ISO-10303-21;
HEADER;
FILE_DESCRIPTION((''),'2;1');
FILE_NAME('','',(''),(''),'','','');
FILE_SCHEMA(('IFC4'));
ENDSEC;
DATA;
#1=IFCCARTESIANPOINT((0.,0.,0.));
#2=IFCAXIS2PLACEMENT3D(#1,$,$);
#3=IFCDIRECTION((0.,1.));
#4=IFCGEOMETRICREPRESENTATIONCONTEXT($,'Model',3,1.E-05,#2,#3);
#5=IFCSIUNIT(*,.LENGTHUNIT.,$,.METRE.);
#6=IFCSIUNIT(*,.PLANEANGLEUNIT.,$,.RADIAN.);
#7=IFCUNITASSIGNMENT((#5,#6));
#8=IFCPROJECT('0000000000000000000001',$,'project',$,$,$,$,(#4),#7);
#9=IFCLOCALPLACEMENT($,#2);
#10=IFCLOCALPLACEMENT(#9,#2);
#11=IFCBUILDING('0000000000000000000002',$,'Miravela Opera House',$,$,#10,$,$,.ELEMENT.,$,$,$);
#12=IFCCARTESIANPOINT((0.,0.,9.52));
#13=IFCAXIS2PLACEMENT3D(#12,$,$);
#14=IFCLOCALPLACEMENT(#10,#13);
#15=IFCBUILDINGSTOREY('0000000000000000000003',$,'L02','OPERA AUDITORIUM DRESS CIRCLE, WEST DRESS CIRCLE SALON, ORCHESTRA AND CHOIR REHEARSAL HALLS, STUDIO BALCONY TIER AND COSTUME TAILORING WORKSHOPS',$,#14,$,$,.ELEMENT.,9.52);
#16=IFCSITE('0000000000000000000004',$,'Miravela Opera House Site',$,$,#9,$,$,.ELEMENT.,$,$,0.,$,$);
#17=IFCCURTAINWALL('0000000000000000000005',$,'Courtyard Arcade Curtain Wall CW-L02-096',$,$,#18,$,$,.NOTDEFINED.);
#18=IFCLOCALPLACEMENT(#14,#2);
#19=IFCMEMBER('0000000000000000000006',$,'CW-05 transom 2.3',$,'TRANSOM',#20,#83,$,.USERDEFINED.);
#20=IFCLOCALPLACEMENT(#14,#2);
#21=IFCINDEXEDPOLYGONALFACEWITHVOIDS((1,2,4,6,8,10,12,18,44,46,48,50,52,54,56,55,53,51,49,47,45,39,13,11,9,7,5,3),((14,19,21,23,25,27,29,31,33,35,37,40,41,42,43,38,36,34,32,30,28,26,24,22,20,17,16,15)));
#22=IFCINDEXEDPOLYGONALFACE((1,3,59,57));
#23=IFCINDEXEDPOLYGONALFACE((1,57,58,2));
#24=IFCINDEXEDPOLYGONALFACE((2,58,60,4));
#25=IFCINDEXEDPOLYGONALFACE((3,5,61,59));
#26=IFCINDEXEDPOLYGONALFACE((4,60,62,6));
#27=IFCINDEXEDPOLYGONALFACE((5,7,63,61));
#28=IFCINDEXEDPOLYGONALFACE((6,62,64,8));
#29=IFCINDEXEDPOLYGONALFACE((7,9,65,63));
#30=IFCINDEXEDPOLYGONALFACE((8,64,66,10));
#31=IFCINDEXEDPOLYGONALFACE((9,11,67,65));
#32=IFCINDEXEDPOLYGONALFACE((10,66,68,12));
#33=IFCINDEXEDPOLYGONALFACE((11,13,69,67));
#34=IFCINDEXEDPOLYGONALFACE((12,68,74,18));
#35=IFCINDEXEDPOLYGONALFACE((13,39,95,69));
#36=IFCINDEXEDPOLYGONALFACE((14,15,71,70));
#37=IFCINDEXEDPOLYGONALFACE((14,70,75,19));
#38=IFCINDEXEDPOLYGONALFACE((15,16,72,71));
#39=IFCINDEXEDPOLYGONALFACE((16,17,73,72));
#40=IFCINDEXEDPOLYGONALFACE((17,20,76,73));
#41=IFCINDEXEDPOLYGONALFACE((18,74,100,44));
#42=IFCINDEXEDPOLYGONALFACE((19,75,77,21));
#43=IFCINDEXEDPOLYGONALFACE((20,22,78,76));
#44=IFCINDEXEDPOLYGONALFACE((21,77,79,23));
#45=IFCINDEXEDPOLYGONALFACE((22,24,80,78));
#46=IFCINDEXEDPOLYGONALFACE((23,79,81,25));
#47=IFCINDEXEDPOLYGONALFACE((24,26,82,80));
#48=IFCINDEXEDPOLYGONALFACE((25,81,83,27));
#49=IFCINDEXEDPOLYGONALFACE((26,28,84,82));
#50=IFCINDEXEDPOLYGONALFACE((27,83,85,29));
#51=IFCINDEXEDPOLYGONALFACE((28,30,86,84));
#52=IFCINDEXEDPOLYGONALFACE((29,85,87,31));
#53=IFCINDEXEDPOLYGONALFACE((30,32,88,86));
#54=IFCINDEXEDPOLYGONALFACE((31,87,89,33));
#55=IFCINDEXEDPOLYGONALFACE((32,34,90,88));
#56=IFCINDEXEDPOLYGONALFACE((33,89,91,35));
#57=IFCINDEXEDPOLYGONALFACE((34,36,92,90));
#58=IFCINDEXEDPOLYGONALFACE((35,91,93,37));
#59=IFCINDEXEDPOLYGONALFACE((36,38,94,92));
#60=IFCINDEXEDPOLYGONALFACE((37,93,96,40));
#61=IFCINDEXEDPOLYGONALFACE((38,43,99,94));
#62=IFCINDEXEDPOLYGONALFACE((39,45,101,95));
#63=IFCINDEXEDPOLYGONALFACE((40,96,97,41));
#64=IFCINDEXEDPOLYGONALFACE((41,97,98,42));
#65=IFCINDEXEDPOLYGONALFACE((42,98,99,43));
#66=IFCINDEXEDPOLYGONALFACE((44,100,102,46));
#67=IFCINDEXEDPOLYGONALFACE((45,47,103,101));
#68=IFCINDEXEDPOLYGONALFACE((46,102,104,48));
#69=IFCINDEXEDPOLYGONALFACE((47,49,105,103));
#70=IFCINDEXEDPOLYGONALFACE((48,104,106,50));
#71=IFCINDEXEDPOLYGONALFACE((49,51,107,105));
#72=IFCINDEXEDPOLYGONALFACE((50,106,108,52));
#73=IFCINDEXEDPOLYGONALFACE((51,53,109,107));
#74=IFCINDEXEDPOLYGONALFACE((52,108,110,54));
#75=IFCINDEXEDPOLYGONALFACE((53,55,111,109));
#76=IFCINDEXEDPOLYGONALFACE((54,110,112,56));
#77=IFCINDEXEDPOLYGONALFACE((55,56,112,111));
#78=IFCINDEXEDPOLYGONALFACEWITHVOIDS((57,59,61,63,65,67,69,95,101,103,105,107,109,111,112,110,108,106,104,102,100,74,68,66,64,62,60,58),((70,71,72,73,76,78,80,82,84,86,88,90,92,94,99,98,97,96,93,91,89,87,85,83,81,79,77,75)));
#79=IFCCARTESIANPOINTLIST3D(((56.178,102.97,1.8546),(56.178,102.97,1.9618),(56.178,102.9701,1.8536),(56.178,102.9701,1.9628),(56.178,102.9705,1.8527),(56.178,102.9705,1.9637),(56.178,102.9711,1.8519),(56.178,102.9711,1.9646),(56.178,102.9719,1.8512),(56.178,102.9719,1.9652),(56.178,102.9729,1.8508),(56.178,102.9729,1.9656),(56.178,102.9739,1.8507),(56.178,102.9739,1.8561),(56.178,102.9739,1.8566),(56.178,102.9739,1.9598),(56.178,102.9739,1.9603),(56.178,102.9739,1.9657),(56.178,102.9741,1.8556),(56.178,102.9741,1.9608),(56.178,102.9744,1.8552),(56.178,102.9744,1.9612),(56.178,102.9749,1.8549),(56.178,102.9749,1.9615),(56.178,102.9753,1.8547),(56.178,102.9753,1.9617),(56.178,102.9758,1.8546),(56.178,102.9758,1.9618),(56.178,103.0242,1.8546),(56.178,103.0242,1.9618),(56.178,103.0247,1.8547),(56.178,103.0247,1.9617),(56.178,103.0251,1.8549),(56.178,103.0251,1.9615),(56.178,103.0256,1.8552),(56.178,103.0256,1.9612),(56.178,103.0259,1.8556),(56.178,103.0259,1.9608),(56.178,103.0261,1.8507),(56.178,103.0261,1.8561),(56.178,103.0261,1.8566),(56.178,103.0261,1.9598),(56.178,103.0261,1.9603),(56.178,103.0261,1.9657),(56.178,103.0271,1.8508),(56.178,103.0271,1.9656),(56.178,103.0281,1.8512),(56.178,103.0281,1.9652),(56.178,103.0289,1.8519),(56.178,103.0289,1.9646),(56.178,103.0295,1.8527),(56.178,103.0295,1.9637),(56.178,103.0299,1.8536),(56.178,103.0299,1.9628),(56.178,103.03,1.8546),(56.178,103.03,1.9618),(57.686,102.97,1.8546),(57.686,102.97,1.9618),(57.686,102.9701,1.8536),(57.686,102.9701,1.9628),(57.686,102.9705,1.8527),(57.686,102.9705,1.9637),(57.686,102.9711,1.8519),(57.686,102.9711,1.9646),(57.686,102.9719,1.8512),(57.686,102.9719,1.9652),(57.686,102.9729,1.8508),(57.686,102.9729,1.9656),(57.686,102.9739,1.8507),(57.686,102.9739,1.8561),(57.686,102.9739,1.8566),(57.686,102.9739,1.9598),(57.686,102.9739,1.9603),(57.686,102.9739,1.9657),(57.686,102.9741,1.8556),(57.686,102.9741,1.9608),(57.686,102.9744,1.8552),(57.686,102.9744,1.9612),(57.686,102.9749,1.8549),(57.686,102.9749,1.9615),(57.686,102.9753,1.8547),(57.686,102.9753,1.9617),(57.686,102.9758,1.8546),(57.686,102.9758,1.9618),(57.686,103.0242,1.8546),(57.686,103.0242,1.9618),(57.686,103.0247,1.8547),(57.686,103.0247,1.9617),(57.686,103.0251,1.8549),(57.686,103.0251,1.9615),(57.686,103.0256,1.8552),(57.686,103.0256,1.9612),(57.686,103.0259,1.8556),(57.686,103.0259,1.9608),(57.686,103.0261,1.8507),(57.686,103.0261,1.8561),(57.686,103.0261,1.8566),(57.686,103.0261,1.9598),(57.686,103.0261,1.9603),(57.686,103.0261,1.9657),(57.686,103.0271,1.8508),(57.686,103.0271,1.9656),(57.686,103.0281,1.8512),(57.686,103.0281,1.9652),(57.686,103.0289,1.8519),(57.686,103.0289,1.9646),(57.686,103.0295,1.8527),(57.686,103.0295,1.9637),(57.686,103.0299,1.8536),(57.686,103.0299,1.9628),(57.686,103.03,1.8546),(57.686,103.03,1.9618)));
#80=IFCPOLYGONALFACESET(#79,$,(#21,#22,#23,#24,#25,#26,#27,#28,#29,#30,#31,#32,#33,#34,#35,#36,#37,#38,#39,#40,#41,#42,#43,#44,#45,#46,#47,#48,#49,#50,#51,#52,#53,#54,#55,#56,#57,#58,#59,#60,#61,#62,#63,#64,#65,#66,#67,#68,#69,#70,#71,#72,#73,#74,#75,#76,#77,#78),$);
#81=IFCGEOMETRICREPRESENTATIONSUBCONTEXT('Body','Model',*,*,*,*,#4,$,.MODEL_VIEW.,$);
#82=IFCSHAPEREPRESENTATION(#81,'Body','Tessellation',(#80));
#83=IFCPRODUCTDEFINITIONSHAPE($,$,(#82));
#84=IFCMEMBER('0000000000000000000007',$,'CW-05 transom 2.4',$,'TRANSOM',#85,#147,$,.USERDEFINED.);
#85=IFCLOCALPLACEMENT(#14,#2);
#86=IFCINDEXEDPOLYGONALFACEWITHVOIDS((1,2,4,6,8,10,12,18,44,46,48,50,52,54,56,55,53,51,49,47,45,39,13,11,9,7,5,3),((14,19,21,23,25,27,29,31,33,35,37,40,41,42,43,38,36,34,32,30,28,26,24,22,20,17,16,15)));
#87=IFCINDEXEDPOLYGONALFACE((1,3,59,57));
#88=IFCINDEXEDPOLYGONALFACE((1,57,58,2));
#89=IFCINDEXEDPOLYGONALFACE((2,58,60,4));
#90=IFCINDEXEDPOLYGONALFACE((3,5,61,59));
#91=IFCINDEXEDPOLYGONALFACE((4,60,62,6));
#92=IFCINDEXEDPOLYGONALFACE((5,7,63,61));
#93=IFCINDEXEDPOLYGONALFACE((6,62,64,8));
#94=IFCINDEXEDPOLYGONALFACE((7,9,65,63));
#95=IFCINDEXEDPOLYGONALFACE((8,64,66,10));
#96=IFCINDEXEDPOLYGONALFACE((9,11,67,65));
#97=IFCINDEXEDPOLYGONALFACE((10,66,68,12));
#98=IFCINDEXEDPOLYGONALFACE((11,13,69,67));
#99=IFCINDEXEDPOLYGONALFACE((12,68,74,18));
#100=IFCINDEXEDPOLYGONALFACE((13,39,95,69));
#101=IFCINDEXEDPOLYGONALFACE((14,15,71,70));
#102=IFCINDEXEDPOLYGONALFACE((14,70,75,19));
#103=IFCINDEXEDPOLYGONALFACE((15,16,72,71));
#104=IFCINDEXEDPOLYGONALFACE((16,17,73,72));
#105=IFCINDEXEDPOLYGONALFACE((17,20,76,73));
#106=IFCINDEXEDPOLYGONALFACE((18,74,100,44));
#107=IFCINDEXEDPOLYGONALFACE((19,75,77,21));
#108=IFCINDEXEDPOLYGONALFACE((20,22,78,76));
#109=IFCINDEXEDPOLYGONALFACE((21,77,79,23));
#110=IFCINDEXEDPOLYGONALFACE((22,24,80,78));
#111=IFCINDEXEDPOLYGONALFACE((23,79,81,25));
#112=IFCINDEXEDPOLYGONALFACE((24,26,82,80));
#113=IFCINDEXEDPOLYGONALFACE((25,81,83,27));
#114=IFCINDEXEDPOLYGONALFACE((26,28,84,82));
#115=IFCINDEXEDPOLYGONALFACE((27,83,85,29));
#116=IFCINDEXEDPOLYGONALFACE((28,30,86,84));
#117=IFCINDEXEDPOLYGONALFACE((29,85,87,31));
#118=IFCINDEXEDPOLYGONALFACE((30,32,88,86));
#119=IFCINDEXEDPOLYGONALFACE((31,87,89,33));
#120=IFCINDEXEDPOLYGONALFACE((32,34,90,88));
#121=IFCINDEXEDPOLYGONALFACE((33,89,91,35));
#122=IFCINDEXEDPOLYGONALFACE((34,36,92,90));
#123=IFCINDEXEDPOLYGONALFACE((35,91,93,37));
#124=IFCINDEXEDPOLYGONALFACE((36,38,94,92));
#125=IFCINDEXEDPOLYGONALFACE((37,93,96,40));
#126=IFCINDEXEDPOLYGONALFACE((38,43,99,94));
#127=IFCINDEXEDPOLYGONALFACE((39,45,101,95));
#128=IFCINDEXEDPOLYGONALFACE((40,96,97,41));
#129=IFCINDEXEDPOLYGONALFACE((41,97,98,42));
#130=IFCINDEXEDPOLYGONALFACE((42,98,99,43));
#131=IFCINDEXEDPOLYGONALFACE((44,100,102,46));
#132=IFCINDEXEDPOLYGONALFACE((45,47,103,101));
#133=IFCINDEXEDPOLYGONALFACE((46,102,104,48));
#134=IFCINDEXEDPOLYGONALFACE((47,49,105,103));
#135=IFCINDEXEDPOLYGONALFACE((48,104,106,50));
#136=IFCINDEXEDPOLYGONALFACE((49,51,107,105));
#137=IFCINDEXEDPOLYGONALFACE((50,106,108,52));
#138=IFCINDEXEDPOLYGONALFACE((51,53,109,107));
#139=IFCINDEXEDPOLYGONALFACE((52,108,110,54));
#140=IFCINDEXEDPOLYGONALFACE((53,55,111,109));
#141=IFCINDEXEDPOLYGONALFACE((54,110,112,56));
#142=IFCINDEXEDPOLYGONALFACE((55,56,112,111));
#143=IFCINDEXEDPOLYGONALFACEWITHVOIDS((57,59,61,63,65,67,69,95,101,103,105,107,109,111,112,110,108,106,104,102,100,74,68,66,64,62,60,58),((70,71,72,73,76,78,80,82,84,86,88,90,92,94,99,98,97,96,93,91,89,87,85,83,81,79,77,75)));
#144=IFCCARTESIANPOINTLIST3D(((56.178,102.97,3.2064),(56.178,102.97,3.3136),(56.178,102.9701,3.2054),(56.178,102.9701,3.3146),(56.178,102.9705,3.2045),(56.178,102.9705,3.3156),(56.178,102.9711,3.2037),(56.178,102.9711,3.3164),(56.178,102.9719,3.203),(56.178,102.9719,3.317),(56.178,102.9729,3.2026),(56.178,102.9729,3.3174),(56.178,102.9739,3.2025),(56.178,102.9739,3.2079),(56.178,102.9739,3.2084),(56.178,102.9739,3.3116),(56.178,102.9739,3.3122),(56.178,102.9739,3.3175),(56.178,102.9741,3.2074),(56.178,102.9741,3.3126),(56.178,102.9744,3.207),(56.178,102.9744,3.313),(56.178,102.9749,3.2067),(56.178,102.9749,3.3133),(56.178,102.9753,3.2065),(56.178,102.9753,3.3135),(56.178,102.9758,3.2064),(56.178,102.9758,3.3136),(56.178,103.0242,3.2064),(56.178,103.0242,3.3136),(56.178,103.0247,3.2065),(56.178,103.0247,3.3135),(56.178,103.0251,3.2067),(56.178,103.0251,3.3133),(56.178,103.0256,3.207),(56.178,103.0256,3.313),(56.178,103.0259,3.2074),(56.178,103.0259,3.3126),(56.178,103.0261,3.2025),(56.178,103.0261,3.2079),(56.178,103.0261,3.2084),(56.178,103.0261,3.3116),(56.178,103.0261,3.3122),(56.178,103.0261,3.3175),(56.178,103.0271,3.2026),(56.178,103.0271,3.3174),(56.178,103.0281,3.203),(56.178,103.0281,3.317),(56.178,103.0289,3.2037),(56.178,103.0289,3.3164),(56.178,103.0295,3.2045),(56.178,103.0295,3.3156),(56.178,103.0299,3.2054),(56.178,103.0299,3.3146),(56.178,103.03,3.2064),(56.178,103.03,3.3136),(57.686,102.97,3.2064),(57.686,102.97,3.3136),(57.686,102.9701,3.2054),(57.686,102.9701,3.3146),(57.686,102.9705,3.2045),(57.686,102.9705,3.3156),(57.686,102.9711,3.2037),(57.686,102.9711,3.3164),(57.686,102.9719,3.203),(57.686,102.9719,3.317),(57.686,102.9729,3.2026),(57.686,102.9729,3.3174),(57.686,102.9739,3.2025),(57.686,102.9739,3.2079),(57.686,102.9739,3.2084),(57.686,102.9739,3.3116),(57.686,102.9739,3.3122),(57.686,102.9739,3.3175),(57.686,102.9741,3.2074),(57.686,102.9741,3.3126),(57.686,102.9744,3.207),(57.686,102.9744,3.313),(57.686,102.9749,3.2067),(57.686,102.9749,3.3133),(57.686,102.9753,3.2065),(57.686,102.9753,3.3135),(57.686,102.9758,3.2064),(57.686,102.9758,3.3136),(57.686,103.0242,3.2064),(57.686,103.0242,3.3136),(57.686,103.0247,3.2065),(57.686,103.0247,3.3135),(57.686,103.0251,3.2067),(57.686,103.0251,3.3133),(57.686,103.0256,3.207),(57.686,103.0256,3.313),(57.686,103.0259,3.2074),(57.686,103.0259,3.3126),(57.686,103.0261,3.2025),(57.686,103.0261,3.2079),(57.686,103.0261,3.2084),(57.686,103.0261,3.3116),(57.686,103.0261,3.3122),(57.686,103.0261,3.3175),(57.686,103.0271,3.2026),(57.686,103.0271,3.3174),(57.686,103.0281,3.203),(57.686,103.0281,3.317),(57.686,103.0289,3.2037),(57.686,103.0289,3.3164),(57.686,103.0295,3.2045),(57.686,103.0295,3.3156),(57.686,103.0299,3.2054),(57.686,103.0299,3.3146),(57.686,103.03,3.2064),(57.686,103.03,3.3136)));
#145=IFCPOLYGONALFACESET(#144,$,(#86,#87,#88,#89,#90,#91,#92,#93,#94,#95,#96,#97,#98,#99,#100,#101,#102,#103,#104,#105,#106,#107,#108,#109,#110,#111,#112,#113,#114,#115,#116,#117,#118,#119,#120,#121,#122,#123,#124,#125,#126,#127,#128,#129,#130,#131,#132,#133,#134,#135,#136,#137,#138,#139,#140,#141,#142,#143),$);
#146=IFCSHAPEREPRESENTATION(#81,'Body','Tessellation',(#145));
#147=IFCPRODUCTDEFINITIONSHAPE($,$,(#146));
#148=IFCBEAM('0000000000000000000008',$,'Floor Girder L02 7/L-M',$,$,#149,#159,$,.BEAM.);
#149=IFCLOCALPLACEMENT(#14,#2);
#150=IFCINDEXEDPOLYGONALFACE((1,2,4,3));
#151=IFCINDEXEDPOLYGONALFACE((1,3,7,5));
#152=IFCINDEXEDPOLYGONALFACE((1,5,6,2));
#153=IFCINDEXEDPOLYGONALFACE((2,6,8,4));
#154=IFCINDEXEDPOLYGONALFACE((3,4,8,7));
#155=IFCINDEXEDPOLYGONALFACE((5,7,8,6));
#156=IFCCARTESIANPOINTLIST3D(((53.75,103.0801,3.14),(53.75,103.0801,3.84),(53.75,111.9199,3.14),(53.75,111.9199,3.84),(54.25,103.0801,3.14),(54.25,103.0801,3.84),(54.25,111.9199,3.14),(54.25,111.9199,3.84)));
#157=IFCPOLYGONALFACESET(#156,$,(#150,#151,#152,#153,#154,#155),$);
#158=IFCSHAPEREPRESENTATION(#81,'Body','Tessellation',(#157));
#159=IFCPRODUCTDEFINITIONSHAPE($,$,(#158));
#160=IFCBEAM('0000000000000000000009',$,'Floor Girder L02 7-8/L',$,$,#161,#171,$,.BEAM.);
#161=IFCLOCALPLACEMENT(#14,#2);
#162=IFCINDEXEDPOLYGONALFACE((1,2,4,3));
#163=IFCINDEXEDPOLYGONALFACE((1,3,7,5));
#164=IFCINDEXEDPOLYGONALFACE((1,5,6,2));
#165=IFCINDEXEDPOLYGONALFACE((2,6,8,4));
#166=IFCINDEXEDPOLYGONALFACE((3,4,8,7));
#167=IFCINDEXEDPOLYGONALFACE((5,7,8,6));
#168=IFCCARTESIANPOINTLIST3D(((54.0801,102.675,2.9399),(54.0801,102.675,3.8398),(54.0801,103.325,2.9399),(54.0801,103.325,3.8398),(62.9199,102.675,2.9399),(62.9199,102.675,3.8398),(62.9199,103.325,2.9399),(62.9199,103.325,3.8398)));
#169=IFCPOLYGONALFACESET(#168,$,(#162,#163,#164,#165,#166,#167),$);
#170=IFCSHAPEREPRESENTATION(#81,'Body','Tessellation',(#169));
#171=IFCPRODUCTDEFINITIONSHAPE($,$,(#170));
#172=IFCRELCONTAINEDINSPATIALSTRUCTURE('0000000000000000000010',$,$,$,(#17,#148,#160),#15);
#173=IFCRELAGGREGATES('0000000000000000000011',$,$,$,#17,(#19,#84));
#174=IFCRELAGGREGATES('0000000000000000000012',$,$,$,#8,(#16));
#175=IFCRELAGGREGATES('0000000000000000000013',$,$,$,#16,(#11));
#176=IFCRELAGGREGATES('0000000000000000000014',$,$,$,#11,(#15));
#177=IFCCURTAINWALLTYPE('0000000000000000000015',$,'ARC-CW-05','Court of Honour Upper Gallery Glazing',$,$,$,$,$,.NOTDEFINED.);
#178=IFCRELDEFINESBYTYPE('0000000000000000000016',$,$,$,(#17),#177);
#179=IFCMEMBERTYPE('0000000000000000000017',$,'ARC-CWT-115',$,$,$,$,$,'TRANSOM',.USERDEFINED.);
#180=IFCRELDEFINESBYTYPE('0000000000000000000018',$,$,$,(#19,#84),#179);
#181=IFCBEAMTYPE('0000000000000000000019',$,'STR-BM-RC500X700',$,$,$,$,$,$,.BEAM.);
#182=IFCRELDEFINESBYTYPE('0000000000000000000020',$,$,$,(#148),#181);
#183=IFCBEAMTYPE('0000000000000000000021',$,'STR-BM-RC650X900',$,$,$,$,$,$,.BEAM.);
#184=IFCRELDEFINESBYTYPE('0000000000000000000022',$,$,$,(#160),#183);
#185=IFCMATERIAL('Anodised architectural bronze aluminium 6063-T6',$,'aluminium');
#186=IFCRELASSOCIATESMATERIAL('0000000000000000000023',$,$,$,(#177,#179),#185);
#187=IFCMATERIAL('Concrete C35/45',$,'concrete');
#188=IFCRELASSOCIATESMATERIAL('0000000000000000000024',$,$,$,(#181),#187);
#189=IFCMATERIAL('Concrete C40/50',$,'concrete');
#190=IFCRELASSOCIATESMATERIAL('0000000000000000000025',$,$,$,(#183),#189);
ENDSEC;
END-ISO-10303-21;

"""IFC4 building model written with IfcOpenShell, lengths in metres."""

from ifc_helpers import new_model, si_unit, direction, frame, origin, origin_2d, place, context, subcontext, project, spatial, rectangle, hollow_rectangle, extrude, material, material_profile, profile_set, type_object, element, aggregate, save


model = new_model("IFC4")

# Units and contexts
model_context = context("Model", 3, precision=1e-05, world=origin(), true_north=direction((0.0, 1.0)))
body_context = subcontext(model_context, "Body", "Model", "MODEL_VIEW")
ifc_project = project(units=[si_unit("LENGTHUNIT", "METRE"), si_unit("PLANEANGLEUNIT", "RADIAN")], contexts=[model_context])

# Site, building, storey
site_placement = place(None, origin())
site = spatial("IfcSite", under=ifc_project, at=site_placement, Name="Miravela Opera House Site", CompositionType="ELEMENT", RefElevation=0.0)
building_placement = place(site_placement, origin())
building = spatial("IfcBuilding", under=site, at=building_placement, Name="Miravela Opera House", CompositionType="ELEMENT")
storey_placement = place(building_placement, frame((0.0, 0.0, 9.52)))
storey = spatial("IfcBuildingStorey", under=building, at=storey_placement, Name="L02", Description="OPERA AUDITORIUM DRESS CIRCLE, WEST DRESS CIRCLE SALON, ORCHESTRA AND CHOIR REHEARSAL HALLS, STUDIO BALCONY TIER AND COSTUME TAILORING WORKSHOPS", CompositionType="ELEMENT", Elevation=9.52)

# Shared definitions
ifc_material_1 = material(Name="Concrete C35/45", Category="concrete")

# Shared definitions
ifc_material_2 = material(Name="Anodised architectural bronze aluminium 6063-T6", Category="aluminium")
curtain_wall_type = type_object("IfcCurtainWallType", Name="ARC-CW-05", Description="Court of Honour Upper Gallery Glazing", PredefinedType="NOTDEFINED", material=ifc_material_2)

# Curtain wall
curtain_wall_1_placement = place(storey_placement, origin())
curtain_wall_1 = element("IfcCurtainWall", 1, at=curtain_wall_1_placement, inside=storey, type_object=curtain_wall_type, Name="Courtyard Arcade Curtain Wall CW-L02-096", PredefinedType="NOTDEFINED")

# Members
ifc_material_profile_1 = material_profile(ifc_material_2, hollow_rectangle(XDim=0.0601, YDim=0.115, WallThickness=0.0039, InnerFilletRadius=0.002, OuterFilletRadius=0.0039, at=origin_2d()), Name="CWT-60X115")
ifc_profile_set_1 = profile_set([ifc_material_profile_1])
member_type_1 = type_object("IfcMemberType", Name="ARC-CWT-115", ElementType="TRANSOM", PredefinedType="USERDEFINED", material=ifc_profile_set_1)
member_1_placement = place(storey_placement, frame((56.178, 103.0, 1.9082), z_axis=(1.0, 0.0, 0.0), x_axis=(0.0, 1.0, 0.0)))
member_1 = element("IfcMember", 2, at=member_1_placement, type_object=member_type_1, Name="CW-05 transom 2.3", ObjectType="TRANSOM", PredefinedType="USERDEFINED", context=body_context, shape_type="SweptSolid", body=[
    extrude(hollow_rectangle(XDim=0.0601, YDim=0.115, WallThickness=0.0039, InnerFilletRadius=0.002, OuterFilletRadius=0.0039, at=origin_2d()), origin(), (0.0, 0.0, 1.0), 1.5081),
])
member_2_placement = place(storey_placement, frame((56.178, 103.0, 3.26), z_axis=(1.0, 0.0, 0.0), x_axis=(0.0, 1.0, 0.0)))
member_2 = element("IfcMember", 3, at=member_2_placement, type_object=member_type_1, Name="CW-05 transom 2.4", ObjectType="TRANSOM", PredefinedType="USERDEFINED", context=body_context, shape_type="SweptSolid", body=[
    extrude(hollow_rectangle(XDim=0.0601, YDim=0.115, WallThickness=0.0039, InnerFilletRadius=0.002, OuterFilletRadius=0.0039, at=origin_2d()), origin(), (0.0, 0.0, 1.0), 1.5081),
])

# Beams
ifc_material_profile_2 = material_profile(ifc_material_1, rectangle(XDim=0.5, YDim=0.7, at=origin_2d()), Name="RC-BM-500X700")
ifc_profile_set_2 = profile_set([ifc_material_profile_2])
beam_type_1 = type_object("IfcBeamType", Name="STR-BM-RC500X700", PredefinedType="BEAM", material=ifc_profile_set_2)
beam_1_placement = place(storey_placement, frame((54.0, 103.0801, 3.49), z_axis=(0.0, 1.0, 0.0), x_axis=(-1.0, 0.0, 0.0)))
element("IfcBeam", 4, at=beam_1_placement, inside=storey, type_object=beam_type_1, Name="Floor Girder L02 7/L-M", PredefinedType="BEAM", context=body_context, shape_type="SweptSolid", body=[
    extrude(rectangle(XDim=0.5, YDim=0.7, at=origin_2d()), origin(), (0.0, 0.0, 1.0), 8.8398),
])
ifc_material_3 = material(Name="Concrete C40/50", Category="concrete")
ifc_material_profile_3 = material_profile(ifc_material_3, rectangle(XDim=0.6499, YDim=0.8999, at=origin_2d()), Name="RC-BM-650X900")
ifc_profile_set_3 = profile_set([ifc_material_profile_3])
beam_type_2 = type_object("IfcBeamType", Name="STR-BM-RC650X900", PredefinedType="BEAM", material=ifc_profile_set_3)
beam_2_placement = place(storey_placement, frame((54.0801, 103.0, 3.3899), z_axis=(1.0, 0.0, 0.0), x_axis=(0.0, 1.0, 0.0)))
element("IfcBeam", 5, at=beam_2_placement, inside=storey, type_object=beam_type_2, Name="Floor Girder L02 7-8/L", PredefinedType="BEAM", context=body_context, shape_type="SweptSolid", body=[
    extrude(rectangle(XDim=0.6499, YDim=0.8999, at=origin_2d()), origin(), (0.0, 0.0, 1.0), 8.8398),
])

aggregate(curtain_wall_1, [member_1, member_2])

save(model, "model.ifc")
